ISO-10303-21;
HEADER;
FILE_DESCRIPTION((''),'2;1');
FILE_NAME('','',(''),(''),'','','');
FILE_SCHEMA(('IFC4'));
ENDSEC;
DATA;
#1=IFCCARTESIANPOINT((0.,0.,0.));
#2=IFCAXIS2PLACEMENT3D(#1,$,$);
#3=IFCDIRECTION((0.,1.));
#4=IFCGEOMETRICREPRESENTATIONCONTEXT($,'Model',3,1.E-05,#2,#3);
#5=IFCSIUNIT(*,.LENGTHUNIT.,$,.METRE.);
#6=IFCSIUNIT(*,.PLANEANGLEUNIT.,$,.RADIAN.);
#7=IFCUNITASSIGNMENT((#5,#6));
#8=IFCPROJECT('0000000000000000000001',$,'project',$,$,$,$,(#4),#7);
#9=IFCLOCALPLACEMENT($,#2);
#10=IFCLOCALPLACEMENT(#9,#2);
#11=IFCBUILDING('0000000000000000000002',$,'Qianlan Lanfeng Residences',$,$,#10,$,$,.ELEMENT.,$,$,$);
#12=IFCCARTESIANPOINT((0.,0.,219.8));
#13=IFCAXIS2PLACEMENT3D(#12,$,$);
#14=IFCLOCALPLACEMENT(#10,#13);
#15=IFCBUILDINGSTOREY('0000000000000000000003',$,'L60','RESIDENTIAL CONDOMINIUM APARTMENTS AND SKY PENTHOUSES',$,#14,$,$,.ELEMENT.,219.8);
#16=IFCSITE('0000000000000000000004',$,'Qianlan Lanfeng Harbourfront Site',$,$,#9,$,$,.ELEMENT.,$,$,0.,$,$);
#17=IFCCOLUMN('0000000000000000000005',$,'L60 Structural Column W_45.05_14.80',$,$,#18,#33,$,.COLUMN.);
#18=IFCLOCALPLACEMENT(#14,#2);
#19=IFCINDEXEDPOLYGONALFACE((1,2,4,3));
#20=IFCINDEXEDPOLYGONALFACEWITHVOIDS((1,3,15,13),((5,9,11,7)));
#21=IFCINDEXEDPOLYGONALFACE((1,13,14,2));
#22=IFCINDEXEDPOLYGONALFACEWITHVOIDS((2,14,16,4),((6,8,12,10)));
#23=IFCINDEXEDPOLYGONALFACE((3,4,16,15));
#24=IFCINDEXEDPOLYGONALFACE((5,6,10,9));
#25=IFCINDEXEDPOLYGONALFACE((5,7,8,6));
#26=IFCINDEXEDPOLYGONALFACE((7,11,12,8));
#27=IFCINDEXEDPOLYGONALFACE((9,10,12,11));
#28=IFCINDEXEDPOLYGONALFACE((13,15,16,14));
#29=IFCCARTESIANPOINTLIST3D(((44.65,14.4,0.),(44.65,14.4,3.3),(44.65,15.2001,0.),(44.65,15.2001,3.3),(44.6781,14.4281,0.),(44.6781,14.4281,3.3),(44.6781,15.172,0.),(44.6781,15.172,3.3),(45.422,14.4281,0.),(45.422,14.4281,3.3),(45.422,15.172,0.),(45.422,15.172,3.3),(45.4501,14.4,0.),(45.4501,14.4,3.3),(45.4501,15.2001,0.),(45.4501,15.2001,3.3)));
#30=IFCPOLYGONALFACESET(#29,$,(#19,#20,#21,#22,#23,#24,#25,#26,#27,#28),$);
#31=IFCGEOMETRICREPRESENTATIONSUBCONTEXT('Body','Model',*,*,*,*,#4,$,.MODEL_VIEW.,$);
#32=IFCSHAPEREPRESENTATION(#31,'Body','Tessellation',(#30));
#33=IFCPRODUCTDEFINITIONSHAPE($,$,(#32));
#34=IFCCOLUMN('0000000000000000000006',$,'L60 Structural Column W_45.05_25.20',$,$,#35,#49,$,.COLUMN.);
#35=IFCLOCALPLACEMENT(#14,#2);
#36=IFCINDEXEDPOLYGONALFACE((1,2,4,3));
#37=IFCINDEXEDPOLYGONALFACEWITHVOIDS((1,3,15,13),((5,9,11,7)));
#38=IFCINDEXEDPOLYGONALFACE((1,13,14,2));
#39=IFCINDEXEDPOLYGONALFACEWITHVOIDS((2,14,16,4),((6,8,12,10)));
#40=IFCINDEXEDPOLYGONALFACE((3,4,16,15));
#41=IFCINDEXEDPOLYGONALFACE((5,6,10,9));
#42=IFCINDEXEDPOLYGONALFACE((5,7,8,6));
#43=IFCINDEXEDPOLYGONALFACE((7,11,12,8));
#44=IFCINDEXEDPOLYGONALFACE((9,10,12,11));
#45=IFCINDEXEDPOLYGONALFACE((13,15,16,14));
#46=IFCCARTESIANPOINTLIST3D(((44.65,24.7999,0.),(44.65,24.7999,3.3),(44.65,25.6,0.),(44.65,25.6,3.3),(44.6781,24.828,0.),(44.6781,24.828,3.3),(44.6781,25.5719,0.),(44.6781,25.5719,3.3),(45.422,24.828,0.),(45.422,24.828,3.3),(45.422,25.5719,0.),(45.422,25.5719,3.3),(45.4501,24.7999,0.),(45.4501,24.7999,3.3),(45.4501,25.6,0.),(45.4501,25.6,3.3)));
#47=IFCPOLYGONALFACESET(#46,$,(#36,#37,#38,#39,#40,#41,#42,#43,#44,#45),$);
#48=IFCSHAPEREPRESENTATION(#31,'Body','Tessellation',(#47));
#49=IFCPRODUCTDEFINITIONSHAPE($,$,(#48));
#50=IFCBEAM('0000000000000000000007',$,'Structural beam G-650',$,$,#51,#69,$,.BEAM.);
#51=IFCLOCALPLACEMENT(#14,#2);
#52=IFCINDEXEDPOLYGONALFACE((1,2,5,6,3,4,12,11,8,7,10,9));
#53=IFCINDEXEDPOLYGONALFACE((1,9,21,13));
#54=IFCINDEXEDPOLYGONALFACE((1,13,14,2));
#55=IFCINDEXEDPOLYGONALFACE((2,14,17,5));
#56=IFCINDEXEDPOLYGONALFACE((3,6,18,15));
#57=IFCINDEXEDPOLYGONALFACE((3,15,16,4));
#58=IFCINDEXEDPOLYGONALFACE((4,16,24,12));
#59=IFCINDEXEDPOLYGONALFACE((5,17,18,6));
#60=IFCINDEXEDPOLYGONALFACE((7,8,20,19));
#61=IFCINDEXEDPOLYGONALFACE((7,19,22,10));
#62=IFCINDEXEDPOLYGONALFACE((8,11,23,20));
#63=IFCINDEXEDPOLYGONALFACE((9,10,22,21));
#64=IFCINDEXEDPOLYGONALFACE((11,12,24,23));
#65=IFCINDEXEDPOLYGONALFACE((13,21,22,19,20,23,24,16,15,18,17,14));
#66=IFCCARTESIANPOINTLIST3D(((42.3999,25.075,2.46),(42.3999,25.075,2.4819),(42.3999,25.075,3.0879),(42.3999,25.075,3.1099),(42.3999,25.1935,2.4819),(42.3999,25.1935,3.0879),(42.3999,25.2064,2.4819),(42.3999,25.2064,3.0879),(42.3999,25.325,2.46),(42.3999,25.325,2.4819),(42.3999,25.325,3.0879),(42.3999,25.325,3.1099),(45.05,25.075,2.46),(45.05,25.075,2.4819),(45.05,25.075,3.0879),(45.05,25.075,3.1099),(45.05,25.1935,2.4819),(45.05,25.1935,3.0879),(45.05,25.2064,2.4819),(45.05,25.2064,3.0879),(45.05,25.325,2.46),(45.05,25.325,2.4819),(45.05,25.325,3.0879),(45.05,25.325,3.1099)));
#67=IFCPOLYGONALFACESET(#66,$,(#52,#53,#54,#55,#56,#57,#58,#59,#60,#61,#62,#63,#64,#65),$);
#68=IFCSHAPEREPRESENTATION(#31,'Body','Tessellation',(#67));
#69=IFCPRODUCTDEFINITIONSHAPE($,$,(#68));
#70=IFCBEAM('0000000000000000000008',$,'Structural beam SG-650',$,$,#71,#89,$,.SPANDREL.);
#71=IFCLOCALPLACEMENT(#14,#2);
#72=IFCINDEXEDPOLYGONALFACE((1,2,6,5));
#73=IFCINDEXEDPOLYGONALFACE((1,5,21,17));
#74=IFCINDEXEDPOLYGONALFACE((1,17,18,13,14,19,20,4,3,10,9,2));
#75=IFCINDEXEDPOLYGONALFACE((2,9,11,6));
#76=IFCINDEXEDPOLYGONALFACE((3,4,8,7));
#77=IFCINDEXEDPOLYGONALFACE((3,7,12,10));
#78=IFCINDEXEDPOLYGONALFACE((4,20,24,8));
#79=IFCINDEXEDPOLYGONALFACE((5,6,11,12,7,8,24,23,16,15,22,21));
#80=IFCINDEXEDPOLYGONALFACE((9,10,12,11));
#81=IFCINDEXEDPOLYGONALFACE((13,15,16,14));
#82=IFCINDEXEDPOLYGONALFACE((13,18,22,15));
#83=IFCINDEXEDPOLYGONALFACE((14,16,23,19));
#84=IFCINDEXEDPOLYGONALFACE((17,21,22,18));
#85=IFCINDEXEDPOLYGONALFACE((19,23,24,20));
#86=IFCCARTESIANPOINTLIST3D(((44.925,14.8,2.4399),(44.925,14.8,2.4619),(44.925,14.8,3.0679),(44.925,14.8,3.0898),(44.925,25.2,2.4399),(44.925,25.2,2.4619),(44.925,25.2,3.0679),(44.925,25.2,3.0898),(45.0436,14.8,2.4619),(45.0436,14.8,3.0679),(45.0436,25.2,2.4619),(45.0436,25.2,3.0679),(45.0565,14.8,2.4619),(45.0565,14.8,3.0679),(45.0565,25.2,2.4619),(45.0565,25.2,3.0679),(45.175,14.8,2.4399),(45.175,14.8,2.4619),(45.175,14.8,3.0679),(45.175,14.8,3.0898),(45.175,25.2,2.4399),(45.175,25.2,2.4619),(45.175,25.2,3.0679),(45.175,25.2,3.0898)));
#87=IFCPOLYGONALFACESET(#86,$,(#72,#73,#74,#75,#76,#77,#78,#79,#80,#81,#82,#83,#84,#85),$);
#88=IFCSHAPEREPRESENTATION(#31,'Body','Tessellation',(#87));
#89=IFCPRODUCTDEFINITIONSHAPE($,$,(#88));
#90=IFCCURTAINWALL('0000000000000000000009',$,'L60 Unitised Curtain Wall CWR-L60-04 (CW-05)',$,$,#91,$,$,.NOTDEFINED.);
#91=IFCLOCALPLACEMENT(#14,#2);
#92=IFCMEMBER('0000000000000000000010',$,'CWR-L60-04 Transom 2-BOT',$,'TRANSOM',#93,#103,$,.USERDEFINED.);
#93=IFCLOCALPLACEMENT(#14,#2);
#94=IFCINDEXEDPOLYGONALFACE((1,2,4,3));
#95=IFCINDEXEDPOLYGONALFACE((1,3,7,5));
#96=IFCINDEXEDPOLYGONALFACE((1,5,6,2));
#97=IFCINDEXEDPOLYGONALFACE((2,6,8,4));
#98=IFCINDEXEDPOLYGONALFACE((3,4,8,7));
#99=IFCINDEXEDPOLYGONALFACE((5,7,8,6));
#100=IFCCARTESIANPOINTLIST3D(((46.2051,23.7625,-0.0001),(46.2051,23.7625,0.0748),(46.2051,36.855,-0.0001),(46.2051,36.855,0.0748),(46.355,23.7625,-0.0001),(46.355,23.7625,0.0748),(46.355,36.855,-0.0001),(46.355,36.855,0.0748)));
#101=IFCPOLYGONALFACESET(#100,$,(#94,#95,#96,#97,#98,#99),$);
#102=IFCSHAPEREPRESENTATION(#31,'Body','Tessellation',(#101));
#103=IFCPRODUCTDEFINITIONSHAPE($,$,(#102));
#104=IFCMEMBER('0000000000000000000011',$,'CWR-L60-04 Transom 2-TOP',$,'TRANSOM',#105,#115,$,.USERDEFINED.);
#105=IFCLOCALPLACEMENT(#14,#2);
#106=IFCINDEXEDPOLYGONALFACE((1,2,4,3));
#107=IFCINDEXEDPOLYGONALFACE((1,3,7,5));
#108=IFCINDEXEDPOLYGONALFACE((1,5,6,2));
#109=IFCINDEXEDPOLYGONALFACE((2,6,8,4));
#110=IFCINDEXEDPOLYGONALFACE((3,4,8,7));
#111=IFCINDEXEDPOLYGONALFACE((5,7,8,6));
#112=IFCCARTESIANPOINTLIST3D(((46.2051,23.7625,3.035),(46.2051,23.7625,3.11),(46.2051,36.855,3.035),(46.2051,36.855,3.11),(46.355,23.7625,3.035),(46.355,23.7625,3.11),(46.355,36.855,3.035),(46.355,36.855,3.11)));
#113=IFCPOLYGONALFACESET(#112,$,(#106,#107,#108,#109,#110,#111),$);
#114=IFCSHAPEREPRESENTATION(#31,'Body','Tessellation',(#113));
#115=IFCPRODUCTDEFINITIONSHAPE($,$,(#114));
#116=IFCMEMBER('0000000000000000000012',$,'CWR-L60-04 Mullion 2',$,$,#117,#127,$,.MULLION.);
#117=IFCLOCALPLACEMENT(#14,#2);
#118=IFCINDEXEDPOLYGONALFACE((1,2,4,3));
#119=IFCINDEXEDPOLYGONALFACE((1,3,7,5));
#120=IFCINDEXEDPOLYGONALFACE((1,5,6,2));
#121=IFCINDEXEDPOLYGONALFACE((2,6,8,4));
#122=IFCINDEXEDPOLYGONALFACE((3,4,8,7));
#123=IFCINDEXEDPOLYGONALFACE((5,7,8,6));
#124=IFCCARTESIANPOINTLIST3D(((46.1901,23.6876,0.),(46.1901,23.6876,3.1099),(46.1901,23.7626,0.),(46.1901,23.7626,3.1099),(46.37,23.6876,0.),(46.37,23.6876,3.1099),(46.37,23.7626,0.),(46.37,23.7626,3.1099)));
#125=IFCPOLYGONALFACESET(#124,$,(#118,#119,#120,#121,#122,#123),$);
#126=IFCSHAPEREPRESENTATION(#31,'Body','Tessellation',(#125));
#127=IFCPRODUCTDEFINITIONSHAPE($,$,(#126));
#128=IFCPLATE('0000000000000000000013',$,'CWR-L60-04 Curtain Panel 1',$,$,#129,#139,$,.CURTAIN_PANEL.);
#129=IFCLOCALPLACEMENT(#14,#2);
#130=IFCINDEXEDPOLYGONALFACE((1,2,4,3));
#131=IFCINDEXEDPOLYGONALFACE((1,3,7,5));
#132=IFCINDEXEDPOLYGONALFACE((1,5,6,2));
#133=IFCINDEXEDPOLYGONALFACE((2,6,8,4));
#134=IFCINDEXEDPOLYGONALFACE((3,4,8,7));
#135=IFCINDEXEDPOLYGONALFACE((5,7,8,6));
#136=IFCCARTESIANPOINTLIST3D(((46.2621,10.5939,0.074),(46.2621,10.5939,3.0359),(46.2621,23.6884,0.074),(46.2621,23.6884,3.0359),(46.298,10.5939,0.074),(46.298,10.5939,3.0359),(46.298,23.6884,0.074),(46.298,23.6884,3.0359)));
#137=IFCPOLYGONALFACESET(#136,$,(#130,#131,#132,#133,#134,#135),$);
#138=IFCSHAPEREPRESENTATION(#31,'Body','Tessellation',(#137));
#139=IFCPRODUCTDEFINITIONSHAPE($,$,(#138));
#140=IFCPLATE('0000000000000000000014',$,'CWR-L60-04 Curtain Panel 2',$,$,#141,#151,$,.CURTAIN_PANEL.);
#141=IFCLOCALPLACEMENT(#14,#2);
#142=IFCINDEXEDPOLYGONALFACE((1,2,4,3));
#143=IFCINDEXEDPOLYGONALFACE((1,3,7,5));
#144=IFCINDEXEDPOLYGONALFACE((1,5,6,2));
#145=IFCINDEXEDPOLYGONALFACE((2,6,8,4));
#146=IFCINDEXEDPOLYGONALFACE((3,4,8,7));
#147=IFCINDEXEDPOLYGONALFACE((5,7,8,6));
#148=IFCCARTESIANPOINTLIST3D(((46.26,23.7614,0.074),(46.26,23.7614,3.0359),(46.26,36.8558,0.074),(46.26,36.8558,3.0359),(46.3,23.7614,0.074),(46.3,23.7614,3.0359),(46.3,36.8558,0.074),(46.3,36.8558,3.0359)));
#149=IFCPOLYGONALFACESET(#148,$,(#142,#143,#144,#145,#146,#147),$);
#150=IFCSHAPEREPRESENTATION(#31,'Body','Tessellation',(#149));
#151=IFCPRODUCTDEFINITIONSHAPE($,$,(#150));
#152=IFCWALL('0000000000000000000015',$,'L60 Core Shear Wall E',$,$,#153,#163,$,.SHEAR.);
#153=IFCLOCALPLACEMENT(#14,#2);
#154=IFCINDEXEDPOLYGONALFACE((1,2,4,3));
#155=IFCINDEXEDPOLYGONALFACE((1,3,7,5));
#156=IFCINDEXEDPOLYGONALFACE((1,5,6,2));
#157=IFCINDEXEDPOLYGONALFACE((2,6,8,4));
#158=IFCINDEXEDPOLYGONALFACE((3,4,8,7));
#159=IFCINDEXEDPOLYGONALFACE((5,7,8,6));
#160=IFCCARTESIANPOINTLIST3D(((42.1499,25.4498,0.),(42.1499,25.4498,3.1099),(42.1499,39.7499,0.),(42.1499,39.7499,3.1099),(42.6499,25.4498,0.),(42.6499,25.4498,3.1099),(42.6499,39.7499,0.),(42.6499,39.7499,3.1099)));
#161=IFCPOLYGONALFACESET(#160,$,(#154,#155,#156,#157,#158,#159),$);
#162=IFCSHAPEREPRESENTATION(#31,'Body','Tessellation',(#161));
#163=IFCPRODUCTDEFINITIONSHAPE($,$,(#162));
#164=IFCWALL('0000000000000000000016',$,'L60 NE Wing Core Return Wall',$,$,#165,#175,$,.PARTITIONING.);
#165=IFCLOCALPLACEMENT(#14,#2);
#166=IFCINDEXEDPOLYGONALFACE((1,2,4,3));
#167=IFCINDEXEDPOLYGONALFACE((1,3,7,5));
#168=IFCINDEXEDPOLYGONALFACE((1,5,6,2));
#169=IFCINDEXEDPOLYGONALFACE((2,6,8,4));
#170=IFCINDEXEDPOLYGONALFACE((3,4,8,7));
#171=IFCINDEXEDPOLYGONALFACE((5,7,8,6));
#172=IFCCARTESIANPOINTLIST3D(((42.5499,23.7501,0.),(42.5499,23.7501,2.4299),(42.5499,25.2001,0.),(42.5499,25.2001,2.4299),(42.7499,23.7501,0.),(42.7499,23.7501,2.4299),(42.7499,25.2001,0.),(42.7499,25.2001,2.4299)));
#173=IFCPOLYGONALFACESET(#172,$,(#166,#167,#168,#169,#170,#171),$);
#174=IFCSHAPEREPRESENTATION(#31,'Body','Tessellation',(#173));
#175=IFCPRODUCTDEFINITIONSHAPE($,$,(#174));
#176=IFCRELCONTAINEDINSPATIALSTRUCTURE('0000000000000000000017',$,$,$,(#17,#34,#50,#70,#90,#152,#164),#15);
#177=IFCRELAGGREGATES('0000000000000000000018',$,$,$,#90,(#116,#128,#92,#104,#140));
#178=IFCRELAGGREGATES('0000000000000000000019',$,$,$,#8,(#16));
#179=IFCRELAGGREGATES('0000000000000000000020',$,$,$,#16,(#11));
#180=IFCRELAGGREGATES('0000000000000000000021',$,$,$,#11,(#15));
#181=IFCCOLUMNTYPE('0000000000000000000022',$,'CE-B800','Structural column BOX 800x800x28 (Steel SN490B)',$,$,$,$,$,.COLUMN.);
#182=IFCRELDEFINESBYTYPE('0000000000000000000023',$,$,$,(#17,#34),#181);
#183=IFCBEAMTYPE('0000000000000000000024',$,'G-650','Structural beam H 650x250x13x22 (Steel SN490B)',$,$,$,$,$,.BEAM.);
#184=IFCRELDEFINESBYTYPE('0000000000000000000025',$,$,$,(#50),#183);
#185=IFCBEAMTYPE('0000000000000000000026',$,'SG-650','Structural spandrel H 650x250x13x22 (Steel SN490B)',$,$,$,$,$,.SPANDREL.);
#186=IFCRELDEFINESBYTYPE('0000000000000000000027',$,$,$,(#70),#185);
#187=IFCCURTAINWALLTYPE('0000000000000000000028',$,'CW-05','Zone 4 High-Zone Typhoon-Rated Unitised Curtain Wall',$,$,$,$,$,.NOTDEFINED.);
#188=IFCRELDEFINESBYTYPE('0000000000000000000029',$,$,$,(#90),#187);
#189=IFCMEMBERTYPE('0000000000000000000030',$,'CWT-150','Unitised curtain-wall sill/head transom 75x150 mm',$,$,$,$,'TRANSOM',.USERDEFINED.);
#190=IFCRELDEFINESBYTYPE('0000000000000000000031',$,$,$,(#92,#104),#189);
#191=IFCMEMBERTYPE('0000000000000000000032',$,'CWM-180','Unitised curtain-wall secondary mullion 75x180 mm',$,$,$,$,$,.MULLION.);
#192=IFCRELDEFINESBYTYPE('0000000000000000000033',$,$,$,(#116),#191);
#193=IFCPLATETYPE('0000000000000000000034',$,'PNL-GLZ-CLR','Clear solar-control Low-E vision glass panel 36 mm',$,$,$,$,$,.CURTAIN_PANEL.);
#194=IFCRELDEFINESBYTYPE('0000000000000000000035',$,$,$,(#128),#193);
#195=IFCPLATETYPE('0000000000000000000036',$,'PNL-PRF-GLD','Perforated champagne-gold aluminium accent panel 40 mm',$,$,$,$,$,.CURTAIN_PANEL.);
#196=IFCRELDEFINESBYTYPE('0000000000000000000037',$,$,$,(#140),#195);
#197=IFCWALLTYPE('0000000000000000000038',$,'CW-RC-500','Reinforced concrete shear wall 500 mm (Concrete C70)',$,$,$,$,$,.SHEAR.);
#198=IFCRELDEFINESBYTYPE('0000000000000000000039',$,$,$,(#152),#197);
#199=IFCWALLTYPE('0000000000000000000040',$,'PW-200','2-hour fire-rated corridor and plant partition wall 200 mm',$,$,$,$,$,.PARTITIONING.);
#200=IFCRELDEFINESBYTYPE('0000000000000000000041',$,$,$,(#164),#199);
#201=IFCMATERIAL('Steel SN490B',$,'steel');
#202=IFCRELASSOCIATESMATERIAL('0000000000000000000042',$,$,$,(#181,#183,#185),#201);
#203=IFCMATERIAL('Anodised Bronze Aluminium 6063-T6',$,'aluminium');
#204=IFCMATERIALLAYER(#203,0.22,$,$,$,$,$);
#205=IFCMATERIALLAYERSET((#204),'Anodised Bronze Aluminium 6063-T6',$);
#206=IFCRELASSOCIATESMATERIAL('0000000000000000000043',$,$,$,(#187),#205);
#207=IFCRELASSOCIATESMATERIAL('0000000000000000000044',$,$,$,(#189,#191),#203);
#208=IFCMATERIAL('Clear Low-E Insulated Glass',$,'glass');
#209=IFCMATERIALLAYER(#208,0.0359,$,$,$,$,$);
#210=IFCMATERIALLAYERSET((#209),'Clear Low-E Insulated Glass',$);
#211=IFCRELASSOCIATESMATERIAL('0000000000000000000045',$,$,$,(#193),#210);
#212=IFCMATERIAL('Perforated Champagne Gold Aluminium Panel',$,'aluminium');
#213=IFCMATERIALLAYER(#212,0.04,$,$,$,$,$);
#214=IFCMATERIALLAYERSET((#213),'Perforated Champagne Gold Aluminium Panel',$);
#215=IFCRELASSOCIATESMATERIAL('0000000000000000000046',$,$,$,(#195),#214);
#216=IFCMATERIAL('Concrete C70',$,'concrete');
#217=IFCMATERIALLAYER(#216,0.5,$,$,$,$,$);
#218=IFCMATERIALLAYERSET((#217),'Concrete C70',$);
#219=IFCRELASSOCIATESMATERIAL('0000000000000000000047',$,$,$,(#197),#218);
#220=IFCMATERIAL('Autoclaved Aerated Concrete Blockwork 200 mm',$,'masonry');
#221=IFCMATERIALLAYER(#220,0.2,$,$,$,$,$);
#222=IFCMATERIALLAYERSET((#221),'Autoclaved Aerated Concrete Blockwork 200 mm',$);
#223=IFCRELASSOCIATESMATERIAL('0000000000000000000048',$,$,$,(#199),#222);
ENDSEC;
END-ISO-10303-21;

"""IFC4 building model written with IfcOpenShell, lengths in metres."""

from ifc_helpers import new_model, si_unit, direction, frame, frame_2d, origin, origin_2d, place, context, subcontext, project, spatial, rectangle, hollow_rectangle, i_section, extrude, source, transform, mapped, material, layer, layer_set, material_profile, profile_set, type_object, element, aggregate, save


model = new_model("IFC4")

# Units and contexts
model_context = context("Model", 3, precision=1e-05, world=origin(), true_north=direction((0.0, 1.0)))
body_context = subcontext(model_context, "Body", "Model", "MODEL_VIEW")
ifc_project = project(units=[si_unit("LENGTHUNIT", "METRE"), si_unit("PLANEANGLEUNIT", "RADIAN")], contexts=[model_context])

# Site, building, storey
site_placement = place(None, origin())
site = spatial("IfcSite", under=ifc_project, at=site_placement, Name="Qianlan Lanfeng Harbourfront Site", CompositionType="ELEMENT", RefElevation=0.0)
building_placement = place(site_placement, origin())
building = spatial("IfcBuilding", under=site, at=building_placement, Name="Qianlan Lanfeng Residences", CompositionType="ELEMENT")
storey_placement = place(building_placement, frame((0.0, 0.0, 219.8)))
storey = spatial("IfcBuildingStorey", under=building, at=storey_placement, Name="L60", Description="RESIDENTIAL CONDOMINIUM APARTMENTS AND SKY PENTHOUSES", CompositionType="ELEMENT", Elevation=219.8)

# Columns
ifc_material_1 = material(Name="Steel SN490B", Category="steel")
ifc_material_profile_1 = material_profile(ifc_material_1, hollow_rectangle(XDim=0.8, YDim=0.8, WallThickness=0.0281, at=origin_2d()), Name="BOX 800x800x28")
ifc_profile_set_1 = profile_set([ifc_material_profile_1], Name="Steel SN490B")
column_type = type_object("IfcColumnType", Name="CE-B800", Description="Structural column BOX 800x800x28 (Steel SN490B)", PredefinedType="COLUMN", material=ifc_profile_set_1)
for number, where, z_axis, x_axis, name in (
    (1, (45.05, 14.8, 0.0), (0.0, 0.0, 1.0), (1.0, 0.0, 0.0), "L60 Structural Column W_45.05_14.80"),
    (2, (45.05, 25.2, 0.0), (0.0, 0.0, 1.0), (1.0, 0.0, 0.0), "L60 Structural Column W_45.05_25.20"),
):
    element("IfcColumn", number, at=place(storey_placement, frame(where, z_axis=z_axis, x_axis=x_axis)), inside=storey, type_object=column_type, Name=name, PredefinedType="COLUMN", context=body_context, shape_type="SweptSolid", body=[
        extrude(hollow_rectangle(XDim=0.8, YDim=0.8, WallThickness=0.0281, at=origin_2d()), origin(), (0.0, 0.0, 1.0), 3.3),
    ])

# Beams
ifc_material_profile_2 = material_profile(ifc_material_1, i_section(OverallWidth=0.25, OverallDepth=0.6499, WebThickness=0.0129, FlangeThickness=0.022, at=origin_2d()), Name="H 650x250x13x22")
ifc_profile_set_2 = profile_set([ifc_material_profile_2], Name="Steel SN490B")
beam_type_1 = type_object("IfcBeamType", Name="G-650", Description="Structural beam H 650x250x13x22 (Steel SN490B)", PredefinedType="BEAM", material=ifc_profile_set_2)
beam_1_placement = place(storey_placement, frame((42.3999, 25.2, 2.7849), z_axis=(1.0, 0.0, 0.0), x_axis=(0.0, 1.0, 0.0)))
element("IfcBeam", 3, at=beam_1_placement, inside=storey, type_object=beam_type_1, Name="Structural beam G-650", PredefinedType="BEAM", context=body_context, shape_type="SweptSolid", body=[
    extrude(i_section(OverallWidth=0.25, OverallDepth=0.6499, WebThickness=0.0129, FlangeThickness=0.022, at=origin_2d()), origin(), (0.0, 0.0, 1.0), 2.6501),
])
ifc_material_profile_3 = material_profile(ifc_material_1, i_section(OverallWidth=0.25, OverallDepth=0.6499, WebThickness=0.0129, FlangeThickness=0.022, at=origin_2d()), Name="H 650x250x13x22")
ifc_profile_set_3 = profile_set([ifc_material_profile_3], Name="Steel SN490B")
beam_type_2 = type_object("IfcBeamType", Name="SG-650", Description="Structural spandrel H 650x250x13x22 (Steel SN490B)", PredefinedType="SPANDREL", material=ifc_profile_set_3)
beam_2_placement = place(storey_placement, frame((45.05, 14.8, 2.7649), z_axis=(0.0, 1.0, 0.0), x_axis=(-1.0, 0.0, 0.0)))
element("IfcBeam", 4, at=beam_2_placement, inside=storey, type_object=beam_type_2, Name="Structural beam SG-650", PredefinedType="SPANDREL", context=body_context, shape_type="SweptSolid", body=[
    extrude(i_section(OverallWidth=0.25, OverallDepth=0.6499, WebThickness=0.0129, FlangeThickness=0.022, at=origin_2d()), origin(), (0.0, 0.0, 1.0), 10.3999),
])

# Curtain wall, members, plates
ifc_material_2 = material(Name="Anodised Bronze Aluminium 6063-T6", Category="aluminium")
ifc_layer_1 = layer(ifc_material_2, 0.22)
ifc_layer_set_1 = layer_set([ifc_layer_1], Name="Anodised Bronze Aluminium 6063-T6")
curtain_wall_type = type_object("IfcCurtainWallType", Name="CW-05", Description="Zone 4 High-Zone Typhoon-Rated Unitised Curtain Wall", PredefinedType="NOTDEFINED", material=ifc_layer_set_1)
curtain_wall_placement = place(storey_placement, origin())
curtain_wall = element("IfcCurtainWall", 5, at=curtain_wall_placement, inside=storey, type_object=curtain_wall_type, Name="L60 Unitised Curtain Wall CWR-L60-04 (CW-05)", PredefinedType="NOTDEFINED")
ifc_material_profile_4 = material_profile(ifc_material_2, rectangle(XDim=0.075, YDim=0.1499, at=origin_2d()), Name="ALU TRANSOM 75x150")
ifc_profile_set_4 = profile_set([ifc_material_profile_4], Name="Anodised Bronze Aluminium 6063-T6")
member_type_1 = type_object("IfcMemberType", Name="CWT-150", Description="Unitised curtain-wall sill/head transom 75x150 mm", ElementType="TRANSOM", PredefinedType="USERDEFINED", material=ifc_profile_set_4)
shared_shape_1 = source(origin(), body_context, "Body", "SweptSolid", [
    extrude(rectangle(XDim=0.075, YDim=0.1499, at=origin_2d()), origin(), (0.0, 0.0, 1.0), 13.0925),
])
member_1_placement = place(storey_placement, frame((46.28, 23.7625, 0.0374), z_axis=(0.0, 1.0, 0.0), x_axis=(0.0, 0.0, 1.0)))
member_1 = element("IfcMember", 6, at=member_1_placement, type_object=member_type_1, Name="CWR-L60-04 Transom 2-BOT", ObjectType="TRANSOM", PredefinedType="USERDEFINED", context=body_context, shape_type="MappedRepresentation", body=[
    mapped(shared_shape_1, transform((0.0, 0.0, 0.0), scale=1.0)),
])
member_2_placement = place(storey_placement, frame((46.28, 23.7625, 3.0725), z_axis=(0.0, 1.0, 0.0), x_axis=(0.0, 0.0, 1.0)))
member_2 = element("IfcMember", 7, at=member_2_placement, type_object=member_type_1, Name="CWR-L60-04 Transom 2-TOP", ObjectType="TRANSOM", PredefinedType="USERDEFINED", context=body_context, shape_type="MappedRepresentation", body=[
    mapped(shared_shape_1, transform((0.0, 0.0, 0.0), scale=1.0)),
])
ifc_material_profile_5 = material_profile(ifc_material_2, rectangle(XDim=0.075, YDim=0.1799, at=origin_2d()), Name="ALU MULLION 75x180")
ifc_profile_set_5 = profile_set([ifc_material_profile_5], Name="Anodised Bronze Aluminium 6063-T6")
member_type_2 = type_object("IfcMemberType", Name="CWM-180", Description="Unitised curtain-wall secondary mullion 75x180 mm", PredefinedType="MULLION", material=ifc_profile_set_5)
shared_shape_2 = source(origin(), body_context, "Body", "SweptSolid", [
    extrude(rectangle(XDim=0.075, YDim=0.1799, at=origin_2d()), origin(), (0.0, 0.0, 1.0), 3.1099),
])
member_3_placement = place(storey_placement, frame((46.28, 23.7251, 0.0), z_axis=(0.0, 0.0, 1.0), x_axis=(0.0, 1.0, 0.0)))
member_3 = element("IfcMember", 8, at=member_3_placement, type_object=member_type_2, Name="CWR-L60-04 Mullion 2", PredefinedType="MULLION", context=body_context, shape_type="MappedRepresentation", body=[
    mapped(shared_shape_2, transform((0.0, 0.0, 0.0), scale=1.0)),
])
ifc_material_3 = material(Name="Clear Low-E Insulated Glass", Category="glass")
ifc_layer_2 = layer(ifc_material_3, 0.0359)
ifc_layer_set_2 = layer_set([ifc_layer_2], Name="Clear Low-E Insulated Glass")
plate_type_1 = type_object("IfcPlateType", Name="PNL-GLZ-CLR", Description="Clear solar-control Low-E vision glass panel 36 mm", PredefinedType="CURTAIN_PANEL", material=ifc_layer_set_2)
shared_shape_3 = source(origin(), body_context, "Body", "SweptSolid", [
    extrude(rectangle(XDim=13.0945, YDim=0.0359, at=origin_2d()), origin(), (0.0, 0.0, 1.0), 2.9619),
])
plate_1_placement = place(storey_placement, frame((46.28, 17.1411, 0.074), z_axis=(0.0, 0.0, 1.0), x_axis=(0.0, 1.0, 0.0)))
plate_1 = element("IfcPlate", 9, at=plate_1_placement, type_object=plate_type_1, Name="CWR-L60-04 Curtain Panel 1", PredefinedType="CURTAIN_PANEL", context=body_context, shape_type="MappedRepresentation", body=[
    mapped(shared_shape_3, transform((0.0, 0.0, 0.0), scale=1.0)),
])
ifc_material_4 = material(Name="Perforated Champagne Gold Aluminium Panel", Category="aluminium")
ifc_layer_3 = layer(ifc_material_4, 0.04)
ifc_layer_set_3 = layer_set([ifc_layer_3], Name="Perforated Champagne Gold Aluminium Panel")
plate_type_2 = type_object("IfcPlateType", Name="PNL-PRF-GLD", Description="Perforated champagne-gold aluminium accent panel 40 mm", PredefinedType="CURTAIN_PANEL", material=ifc_layer_set_3)
shared_shape_4 = source(origin(), body_context, "Body", "SweptSolid", [
    extrude(rectangle(XDim=13.0945, YDim=0.04, at=origin_2d()), origin(), (0.0, 0.0, 1.0), 2.9619),
])
plate_2_placement = place(storey_placement, frame((46.28, 30.3086, 0.074), z_axis=(0.0, 0.0, 1.0), x_axis=(0.0, 1.0, 0.0)))
plate_2 = element("IfcPlate", 10, at=plate_2_placement, type_object=plate_type_2, Name="CWR-L60-04 Curtain Panel 2", PredefinedType="CURTAIN_PANEL", context=body_context, shape_type="MappedRepresentation", body=[
    mapped(shared_shape_4, transform((0.0, 0.0, 0.0), scale=1.0)),
])
aggregate(curtain_wall, [member_3, plate_1, member_1, member_2, plate_2])

# Wall
ifc_material_5 = material(Name="Concrete C70", Category="concrete")
ifc_layer_4 = layer(ifc_material_5, 0.5)
ifc_layer_set_4 = layer_set([ifc_layer_4], Name="Concrete C70")
wall_type_1 = type_object("IfcWallType", Name="CW-RC-500", Description="Reinforced concrete shear wall 500 mm (Concrete C70)", PredefinedType="SHEAR", material=ifc_layer_set_4)
wall_1_placement = place(storey_placement, frame((42.3999, 25.45, 0.0), z_axis=(0.0, 0.0, 1.0), x_axis=(0.0, 1.0, 0.0)))
element("IfcWall", 11, at=wall_1_placement, inside=storey, type_object=wall_type_1, Name="L60 Core Shear Wall E", PredefinedType="SHEAR", context=body_context, shape_type="SweptSolid", body=[
    extrude(rectangle(XDim=14.3, YDim=0.5, at=frame_2d((7.1499, 0.0))), origin(), (0.0, 0.0, 1.0), 3.1099),
])

# Shared definitions
ifc_material_6 = material(Name="Autoclaved Aerated Concrete Blockwork 200 mm", Category="masonry")
ifc_layer_5 = layer(ifc_material_6, 0.2)
ifc_layer_set_5 = layer_set([ifc_layer_5], Name="Autoclaved Aerated Concrete Blockwork 200 mm")
wall_type_2 = type_object("IfcWallType", Name="PW-200", Description="2-hour fire-rated corridor and plant partition wall 200 mm", PredefinedType="PARTITIONING", material=ifc_layer_set_5)

# Wall
wall_2_placement = place(storey_placement, frame((42.6499, 23.75, 0.0), z_axis=(0.0, 0.0, 1.0), x_axis=(0.0, 1.0, 0.0)))
element("IfcWall", 12, at=wall_2_placement, inside=storey, type_object=wall_type_2, Name="L60 NE Wing Core Return Wall", PredefinedType="PARTITIONING", context=body_context, shape_type="SweptSolid", body=[
    extrude(rectangle(XDim=1.45, YDim=0.2, at=frame_2d((0.7251, 0.0))), origin(), (0.0, 0.0, 1.0), 2.4299),
])

save(model, "model.ifc")
